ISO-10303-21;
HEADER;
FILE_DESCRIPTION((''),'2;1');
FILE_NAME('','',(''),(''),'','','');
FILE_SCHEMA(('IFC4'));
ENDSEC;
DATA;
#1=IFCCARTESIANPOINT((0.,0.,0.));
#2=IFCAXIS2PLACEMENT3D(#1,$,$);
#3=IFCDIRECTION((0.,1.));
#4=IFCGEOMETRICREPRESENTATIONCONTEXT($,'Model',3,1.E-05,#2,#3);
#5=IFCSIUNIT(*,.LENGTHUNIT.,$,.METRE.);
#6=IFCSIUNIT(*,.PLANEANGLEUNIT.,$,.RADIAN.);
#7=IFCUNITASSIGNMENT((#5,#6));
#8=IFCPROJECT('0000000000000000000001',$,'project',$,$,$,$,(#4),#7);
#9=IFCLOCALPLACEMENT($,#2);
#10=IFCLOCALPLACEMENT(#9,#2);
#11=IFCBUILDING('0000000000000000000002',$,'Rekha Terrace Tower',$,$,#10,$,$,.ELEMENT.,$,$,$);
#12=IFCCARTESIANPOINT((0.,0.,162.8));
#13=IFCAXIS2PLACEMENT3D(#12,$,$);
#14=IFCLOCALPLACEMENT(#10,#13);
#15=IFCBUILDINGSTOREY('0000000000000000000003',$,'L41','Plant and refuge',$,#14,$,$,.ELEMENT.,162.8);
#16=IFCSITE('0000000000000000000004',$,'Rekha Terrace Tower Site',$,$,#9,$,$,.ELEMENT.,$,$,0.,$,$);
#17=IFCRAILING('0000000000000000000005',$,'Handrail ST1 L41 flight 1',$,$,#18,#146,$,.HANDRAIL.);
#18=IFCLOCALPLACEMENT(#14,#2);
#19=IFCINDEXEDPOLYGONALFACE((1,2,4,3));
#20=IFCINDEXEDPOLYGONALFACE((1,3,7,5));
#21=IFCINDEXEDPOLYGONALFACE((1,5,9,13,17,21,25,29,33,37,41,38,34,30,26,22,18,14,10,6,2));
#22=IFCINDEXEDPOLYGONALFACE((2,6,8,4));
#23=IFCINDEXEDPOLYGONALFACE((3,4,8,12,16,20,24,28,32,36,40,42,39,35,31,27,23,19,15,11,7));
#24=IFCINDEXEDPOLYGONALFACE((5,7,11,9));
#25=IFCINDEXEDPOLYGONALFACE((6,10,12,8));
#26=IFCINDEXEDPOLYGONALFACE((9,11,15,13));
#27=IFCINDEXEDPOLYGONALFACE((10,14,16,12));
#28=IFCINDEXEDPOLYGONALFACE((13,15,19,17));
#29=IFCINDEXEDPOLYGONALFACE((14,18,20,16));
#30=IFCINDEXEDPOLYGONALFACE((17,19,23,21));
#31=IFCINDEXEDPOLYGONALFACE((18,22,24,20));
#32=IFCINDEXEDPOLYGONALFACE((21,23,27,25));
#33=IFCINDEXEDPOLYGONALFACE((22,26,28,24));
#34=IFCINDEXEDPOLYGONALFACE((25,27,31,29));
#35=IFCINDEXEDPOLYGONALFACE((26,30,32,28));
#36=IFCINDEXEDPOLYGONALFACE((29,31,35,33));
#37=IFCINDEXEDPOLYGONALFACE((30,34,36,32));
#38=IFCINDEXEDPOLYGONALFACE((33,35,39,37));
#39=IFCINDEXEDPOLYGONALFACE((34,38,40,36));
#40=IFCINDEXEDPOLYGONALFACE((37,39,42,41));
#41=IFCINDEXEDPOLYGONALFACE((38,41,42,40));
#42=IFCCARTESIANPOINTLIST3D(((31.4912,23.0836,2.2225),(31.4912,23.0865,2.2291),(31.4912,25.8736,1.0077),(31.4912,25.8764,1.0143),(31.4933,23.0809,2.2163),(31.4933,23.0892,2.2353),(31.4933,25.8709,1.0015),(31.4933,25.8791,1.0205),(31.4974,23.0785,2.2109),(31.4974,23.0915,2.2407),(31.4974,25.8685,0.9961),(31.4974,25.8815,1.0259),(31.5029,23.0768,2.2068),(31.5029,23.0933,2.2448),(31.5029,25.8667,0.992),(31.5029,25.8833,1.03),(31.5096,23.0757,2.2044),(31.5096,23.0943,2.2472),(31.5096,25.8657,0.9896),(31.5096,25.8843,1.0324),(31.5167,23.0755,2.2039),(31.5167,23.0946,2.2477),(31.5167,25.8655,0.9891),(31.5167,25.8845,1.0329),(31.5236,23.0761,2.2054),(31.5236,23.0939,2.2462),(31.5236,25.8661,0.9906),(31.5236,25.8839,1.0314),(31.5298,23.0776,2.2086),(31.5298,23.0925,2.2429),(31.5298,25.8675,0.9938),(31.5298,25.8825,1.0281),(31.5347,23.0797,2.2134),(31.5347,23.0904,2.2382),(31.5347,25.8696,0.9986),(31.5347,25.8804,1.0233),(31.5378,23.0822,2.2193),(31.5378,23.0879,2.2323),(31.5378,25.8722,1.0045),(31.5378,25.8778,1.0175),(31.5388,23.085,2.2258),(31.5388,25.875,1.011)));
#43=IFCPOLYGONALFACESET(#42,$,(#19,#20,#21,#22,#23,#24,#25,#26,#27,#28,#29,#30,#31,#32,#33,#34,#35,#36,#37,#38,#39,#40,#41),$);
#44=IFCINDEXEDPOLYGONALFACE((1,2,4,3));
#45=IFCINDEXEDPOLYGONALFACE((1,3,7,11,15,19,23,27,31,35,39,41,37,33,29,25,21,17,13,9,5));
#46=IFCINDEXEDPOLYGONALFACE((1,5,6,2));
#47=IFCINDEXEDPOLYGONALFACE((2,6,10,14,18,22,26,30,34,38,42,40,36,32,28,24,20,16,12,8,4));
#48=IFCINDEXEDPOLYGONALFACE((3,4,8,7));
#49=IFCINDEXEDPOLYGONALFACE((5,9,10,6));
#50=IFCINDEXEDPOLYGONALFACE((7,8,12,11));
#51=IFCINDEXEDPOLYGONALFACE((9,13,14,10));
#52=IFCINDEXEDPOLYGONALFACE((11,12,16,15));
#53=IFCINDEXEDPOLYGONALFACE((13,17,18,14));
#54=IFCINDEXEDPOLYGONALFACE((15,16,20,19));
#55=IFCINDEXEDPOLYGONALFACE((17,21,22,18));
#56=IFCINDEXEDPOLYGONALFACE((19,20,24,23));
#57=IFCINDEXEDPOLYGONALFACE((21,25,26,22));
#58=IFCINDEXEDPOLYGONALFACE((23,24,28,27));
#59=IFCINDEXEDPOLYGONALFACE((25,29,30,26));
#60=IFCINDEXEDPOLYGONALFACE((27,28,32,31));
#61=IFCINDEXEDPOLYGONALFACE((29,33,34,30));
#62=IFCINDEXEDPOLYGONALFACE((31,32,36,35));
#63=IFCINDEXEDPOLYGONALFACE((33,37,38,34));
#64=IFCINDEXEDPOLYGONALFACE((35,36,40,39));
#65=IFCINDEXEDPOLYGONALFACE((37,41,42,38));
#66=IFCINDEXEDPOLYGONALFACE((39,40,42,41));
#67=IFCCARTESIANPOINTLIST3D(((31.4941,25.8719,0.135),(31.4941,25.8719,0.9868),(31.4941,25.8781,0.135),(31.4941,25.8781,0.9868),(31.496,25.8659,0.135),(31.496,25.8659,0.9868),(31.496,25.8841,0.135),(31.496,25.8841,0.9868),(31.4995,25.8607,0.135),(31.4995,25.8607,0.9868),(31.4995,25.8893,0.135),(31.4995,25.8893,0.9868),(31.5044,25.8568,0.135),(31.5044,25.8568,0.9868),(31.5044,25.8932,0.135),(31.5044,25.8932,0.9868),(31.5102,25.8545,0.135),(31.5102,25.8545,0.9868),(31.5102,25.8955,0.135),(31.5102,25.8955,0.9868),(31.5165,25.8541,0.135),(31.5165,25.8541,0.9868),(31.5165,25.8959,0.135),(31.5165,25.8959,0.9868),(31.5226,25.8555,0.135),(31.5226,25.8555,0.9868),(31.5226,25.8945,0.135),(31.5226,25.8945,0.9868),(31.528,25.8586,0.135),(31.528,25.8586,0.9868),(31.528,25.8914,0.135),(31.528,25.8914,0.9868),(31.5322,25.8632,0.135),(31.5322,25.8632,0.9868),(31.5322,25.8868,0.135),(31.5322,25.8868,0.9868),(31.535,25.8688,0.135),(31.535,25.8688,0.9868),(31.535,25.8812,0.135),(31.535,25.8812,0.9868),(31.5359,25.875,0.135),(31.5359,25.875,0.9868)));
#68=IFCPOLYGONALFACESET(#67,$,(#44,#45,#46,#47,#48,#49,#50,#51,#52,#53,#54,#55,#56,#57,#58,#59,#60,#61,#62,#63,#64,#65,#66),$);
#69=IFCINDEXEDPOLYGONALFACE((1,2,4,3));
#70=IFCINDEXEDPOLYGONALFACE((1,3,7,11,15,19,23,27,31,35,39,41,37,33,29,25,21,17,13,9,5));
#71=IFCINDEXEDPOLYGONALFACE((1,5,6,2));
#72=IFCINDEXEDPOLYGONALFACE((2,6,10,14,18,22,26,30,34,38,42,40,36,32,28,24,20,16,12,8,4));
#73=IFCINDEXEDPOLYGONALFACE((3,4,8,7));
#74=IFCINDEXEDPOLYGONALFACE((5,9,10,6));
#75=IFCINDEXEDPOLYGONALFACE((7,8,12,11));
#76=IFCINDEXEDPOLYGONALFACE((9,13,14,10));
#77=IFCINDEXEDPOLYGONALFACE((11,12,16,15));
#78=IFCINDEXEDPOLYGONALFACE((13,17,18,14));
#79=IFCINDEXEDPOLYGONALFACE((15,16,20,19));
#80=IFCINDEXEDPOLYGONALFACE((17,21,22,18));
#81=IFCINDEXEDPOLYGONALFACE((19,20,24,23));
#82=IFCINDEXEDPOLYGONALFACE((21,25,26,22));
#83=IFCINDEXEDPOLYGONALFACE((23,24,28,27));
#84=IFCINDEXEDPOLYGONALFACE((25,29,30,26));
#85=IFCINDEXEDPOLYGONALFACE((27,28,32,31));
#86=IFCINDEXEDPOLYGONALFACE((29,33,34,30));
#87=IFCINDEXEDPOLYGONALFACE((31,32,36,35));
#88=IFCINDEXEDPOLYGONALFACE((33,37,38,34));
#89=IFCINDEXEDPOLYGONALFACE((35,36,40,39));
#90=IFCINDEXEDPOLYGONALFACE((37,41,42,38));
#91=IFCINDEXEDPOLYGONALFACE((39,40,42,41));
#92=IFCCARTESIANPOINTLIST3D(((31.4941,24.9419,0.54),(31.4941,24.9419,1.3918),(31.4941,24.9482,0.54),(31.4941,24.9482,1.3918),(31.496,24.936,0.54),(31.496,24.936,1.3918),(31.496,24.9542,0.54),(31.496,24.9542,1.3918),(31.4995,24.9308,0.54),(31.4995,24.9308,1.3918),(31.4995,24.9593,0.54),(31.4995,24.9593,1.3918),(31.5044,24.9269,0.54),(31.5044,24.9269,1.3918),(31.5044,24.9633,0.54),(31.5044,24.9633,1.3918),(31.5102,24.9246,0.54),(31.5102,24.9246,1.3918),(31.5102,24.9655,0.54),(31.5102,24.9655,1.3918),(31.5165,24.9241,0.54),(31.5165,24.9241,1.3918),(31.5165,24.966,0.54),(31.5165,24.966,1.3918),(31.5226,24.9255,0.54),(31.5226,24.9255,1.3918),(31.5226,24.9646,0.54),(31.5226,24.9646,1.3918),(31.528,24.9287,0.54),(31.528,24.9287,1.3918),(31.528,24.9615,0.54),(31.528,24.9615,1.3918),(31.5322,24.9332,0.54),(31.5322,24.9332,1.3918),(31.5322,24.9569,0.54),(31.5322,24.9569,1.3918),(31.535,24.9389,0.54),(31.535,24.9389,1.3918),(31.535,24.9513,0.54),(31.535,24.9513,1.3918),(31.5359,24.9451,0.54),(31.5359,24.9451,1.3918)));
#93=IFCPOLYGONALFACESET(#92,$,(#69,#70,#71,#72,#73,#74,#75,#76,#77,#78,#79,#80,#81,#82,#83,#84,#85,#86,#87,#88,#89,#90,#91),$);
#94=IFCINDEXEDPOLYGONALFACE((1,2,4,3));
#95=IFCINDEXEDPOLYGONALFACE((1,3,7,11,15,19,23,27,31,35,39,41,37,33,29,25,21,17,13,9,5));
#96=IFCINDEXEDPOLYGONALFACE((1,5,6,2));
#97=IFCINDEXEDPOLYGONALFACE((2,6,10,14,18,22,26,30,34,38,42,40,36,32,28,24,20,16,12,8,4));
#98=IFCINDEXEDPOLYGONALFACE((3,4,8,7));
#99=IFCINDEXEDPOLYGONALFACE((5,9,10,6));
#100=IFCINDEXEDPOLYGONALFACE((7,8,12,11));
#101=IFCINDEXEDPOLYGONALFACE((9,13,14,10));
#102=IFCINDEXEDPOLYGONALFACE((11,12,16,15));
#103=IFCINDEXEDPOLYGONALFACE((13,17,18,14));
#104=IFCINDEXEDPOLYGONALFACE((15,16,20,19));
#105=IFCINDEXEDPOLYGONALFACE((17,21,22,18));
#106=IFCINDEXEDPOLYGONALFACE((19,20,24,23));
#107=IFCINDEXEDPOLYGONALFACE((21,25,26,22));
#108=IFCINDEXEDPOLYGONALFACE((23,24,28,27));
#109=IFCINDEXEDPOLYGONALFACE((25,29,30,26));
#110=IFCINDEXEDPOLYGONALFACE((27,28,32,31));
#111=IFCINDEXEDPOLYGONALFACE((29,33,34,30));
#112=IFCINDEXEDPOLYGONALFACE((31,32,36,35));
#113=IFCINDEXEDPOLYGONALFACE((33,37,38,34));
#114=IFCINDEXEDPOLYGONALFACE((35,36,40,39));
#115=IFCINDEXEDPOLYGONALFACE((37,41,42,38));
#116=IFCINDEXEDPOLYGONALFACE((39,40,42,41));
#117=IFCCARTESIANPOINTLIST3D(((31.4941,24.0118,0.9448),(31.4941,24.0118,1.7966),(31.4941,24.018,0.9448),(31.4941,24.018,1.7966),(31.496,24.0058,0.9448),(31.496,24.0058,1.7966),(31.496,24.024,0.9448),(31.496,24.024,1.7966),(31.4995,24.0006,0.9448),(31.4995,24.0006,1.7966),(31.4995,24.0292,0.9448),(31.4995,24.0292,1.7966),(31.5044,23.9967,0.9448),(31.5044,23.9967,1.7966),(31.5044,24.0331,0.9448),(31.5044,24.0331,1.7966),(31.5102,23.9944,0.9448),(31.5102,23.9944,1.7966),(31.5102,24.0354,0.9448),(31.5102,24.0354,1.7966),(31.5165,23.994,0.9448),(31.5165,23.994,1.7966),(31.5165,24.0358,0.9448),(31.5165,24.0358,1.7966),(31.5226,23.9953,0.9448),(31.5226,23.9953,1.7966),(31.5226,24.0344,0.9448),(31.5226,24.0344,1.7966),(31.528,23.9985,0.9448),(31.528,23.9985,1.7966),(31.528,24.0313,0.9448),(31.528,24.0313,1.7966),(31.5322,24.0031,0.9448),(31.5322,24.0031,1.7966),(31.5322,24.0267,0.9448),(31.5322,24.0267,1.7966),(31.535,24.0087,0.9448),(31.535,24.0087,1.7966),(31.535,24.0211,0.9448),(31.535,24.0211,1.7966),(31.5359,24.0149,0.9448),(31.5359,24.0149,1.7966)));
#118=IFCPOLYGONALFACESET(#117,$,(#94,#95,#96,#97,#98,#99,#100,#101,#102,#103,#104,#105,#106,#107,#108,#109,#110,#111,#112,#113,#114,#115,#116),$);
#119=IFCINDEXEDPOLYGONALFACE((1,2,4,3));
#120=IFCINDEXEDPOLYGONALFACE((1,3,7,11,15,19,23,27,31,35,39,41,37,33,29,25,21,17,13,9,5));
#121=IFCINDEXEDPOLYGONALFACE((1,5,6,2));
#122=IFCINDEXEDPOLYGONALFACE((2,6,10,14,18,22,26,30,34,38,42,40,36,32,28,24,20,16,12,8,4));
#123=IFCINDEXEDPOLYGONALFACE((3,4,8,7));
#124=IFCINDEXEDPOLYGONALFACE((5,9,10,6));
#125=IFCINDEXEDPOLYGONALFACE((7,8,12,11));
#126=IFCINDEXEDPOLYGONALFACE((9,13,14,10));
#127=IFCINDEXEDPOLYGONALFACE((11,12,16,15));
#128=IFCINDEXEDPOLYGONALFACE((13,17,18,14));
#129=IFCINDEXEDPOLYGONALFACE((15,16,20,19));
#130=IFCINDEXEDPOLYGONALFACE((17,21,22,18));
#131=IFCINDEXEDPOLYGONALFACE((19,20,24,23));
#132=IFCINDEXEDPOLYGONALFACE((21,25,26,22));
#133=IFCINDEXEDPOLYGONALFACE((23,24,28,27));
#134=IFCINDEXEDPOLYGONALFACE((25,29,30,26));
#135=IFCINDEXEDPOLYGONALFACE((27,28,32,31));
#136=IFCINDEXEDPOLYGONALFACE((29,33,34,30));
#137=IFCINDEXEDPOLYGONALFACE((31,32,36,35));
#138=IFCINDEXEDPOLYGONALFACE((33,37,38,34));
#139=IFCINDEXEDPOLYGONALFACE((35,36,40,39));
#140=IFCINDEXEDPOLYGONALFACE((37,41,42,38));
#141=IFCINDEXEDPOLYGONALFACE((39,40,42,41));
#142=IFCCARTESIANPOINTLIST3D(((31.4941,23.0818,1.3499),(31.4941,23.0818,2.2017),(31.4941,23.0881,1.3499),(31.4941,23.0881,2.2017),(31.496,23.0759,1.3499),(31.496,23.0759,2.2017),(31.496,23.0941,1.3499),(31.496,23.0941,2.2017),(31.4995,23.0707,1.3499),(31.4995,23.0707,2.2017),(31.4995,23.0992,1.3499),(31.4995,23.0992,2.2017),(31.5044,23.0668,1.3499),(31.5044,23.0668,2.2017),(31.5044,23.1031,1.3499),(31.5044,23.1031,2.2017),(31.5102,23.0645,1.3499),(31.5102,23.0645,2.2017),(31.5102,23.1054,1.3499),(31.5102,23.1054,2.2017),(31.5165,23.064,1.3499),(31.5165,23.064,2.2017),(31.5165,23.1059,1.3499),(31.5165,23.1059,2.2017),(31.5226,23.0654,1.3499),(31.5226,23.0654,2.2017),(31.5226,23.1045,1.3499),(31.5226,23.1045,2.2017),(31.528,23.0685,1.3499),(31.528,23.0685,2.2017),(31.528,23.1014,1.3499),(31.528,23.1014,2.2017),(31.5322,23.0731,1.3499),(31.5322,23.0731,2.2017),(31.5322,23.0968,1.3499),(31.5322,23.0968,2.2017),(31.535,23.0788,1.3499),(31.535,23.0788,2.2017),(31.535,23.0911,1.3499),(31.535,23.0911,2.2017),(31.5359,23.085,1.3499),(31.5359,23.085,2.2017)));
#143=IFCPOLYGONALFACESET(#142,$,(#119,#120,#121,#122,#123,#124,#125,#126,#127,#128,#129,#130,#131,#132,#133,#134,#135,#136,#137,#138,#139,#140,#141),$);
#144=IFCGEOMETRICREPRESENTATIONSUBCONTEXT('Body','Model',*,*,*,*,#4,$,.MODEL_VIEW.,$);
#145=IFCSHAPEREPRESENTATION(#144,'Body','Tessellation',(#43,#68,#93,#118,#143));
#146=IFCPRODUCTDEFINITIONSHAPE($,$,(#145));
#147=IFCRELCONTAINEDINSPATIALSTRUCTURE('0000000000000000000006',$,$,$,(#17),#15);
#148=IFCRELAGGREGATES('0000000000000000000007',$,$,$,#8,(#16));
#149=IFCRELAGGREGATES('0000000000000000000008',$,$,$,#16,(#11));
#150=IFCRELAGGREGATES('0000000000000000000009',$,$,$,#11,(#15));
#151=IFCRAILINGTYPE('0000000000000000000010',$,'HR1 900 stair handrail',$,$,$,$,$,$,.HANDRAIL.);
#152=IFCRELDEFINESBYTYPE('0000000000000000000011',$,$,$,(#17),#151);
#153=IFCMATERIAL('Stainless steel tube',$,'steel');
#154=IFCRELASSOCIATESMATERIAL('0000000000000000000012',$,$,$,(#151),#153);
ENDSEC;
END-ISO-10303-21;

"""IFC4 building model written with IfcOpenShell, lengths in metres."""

from ifc_helpers import new_model, si_unit, direction, frame, origin, origin_2d, place, context, subcontext, project, spatial, circle, extrude, material, type_object, element, save


model = new_model("IFC4")

# Units and contexts
model_context = context("Model", 3, precision=1e-05, world=origin(), true_north=direction((0.0, 1.0)))
body_context = subcontext(model_context, "Body", "Model", "MODEL_VIEW")
ifc_project = project(units=[si_unit("LENGTHUNIT", "METRE"), si_unit("PLANEANGLEUNIT", "RADIAN")], contexts=[model_context])

# Site, building, storey
site_placement = place(None, origin())
site = spatial("IfcSite", under=ifc_project, at=site_placement, Name="Rekha Terrace Tower Site", CompositionType="ELEMENT", RefElevation=0.0)
building_placement = place(site_placement, origin())
building = spatial("IfcBuilding", under=site, at=building_placement, Name="Rekha Terrace Tower", CompositionType="ELEMENT")
storey_placement = place(building_placement, frame((0.0, 0.0, 162.8)))
storey = spatial("IfcBuildingStorey", under=building, at=storey_placement, Name="L41", Description="Plant and refuge", CompositionType="ELEMENT", Elevation=162.8)

# Railing
ifc_material_1 = material(Name="Stainless steel tube", Category="steel")
railing_type_1 = type_object("IfcRailingType", Name="HR1 900 stair handrail", PredefinedType="HANDRAIL", material=ifc_material_1)
railing_1_placement = place(storey_placement, frame((31.5149, 25.875, 0.135)))
element("IfcRailing", 1, at=railing_1_placement, inside=storey, type_object=railing_type_1, Name="Handrail ST1 L41 flight 1", PredefinedType="HANDRAIL", context=body_context, shape_type="SweptSolid", body=[
    extrude(circle(Radius=0.0239, at=origin_2d()), frame((0.0, 0.0, 0.876), z_axis=(0.0, -0.916856, 0.399219), x_axis=(1.0, 0.0, 0.0)), (0.0, 0.0, 1.0), 3.043),
    extrude(circle(Radius=0.021, at=origin_2d()), origin(), (0.0, 0.0, 1.0), 0.8518),
    extrude(circle(Radius=0.021, at=origin_2d()), frame((0.0, -0.9299, 0.405)), (0.0, 0.0, 1.0), 0.8518),
    extrude(circle(Radius=0.021, at=origin_2d()), frame((0.0, -1.8601, 0.8098)), (0.0, 0.0, 1.0), 0.8518),
    extrude(circle(Radius=0.021, at=origin_2d()), frame((0.0, -2.79, 1.2148)), (0.0, 0.0, 1.0), 0.8518),
])

save(model, "model.ifc")
